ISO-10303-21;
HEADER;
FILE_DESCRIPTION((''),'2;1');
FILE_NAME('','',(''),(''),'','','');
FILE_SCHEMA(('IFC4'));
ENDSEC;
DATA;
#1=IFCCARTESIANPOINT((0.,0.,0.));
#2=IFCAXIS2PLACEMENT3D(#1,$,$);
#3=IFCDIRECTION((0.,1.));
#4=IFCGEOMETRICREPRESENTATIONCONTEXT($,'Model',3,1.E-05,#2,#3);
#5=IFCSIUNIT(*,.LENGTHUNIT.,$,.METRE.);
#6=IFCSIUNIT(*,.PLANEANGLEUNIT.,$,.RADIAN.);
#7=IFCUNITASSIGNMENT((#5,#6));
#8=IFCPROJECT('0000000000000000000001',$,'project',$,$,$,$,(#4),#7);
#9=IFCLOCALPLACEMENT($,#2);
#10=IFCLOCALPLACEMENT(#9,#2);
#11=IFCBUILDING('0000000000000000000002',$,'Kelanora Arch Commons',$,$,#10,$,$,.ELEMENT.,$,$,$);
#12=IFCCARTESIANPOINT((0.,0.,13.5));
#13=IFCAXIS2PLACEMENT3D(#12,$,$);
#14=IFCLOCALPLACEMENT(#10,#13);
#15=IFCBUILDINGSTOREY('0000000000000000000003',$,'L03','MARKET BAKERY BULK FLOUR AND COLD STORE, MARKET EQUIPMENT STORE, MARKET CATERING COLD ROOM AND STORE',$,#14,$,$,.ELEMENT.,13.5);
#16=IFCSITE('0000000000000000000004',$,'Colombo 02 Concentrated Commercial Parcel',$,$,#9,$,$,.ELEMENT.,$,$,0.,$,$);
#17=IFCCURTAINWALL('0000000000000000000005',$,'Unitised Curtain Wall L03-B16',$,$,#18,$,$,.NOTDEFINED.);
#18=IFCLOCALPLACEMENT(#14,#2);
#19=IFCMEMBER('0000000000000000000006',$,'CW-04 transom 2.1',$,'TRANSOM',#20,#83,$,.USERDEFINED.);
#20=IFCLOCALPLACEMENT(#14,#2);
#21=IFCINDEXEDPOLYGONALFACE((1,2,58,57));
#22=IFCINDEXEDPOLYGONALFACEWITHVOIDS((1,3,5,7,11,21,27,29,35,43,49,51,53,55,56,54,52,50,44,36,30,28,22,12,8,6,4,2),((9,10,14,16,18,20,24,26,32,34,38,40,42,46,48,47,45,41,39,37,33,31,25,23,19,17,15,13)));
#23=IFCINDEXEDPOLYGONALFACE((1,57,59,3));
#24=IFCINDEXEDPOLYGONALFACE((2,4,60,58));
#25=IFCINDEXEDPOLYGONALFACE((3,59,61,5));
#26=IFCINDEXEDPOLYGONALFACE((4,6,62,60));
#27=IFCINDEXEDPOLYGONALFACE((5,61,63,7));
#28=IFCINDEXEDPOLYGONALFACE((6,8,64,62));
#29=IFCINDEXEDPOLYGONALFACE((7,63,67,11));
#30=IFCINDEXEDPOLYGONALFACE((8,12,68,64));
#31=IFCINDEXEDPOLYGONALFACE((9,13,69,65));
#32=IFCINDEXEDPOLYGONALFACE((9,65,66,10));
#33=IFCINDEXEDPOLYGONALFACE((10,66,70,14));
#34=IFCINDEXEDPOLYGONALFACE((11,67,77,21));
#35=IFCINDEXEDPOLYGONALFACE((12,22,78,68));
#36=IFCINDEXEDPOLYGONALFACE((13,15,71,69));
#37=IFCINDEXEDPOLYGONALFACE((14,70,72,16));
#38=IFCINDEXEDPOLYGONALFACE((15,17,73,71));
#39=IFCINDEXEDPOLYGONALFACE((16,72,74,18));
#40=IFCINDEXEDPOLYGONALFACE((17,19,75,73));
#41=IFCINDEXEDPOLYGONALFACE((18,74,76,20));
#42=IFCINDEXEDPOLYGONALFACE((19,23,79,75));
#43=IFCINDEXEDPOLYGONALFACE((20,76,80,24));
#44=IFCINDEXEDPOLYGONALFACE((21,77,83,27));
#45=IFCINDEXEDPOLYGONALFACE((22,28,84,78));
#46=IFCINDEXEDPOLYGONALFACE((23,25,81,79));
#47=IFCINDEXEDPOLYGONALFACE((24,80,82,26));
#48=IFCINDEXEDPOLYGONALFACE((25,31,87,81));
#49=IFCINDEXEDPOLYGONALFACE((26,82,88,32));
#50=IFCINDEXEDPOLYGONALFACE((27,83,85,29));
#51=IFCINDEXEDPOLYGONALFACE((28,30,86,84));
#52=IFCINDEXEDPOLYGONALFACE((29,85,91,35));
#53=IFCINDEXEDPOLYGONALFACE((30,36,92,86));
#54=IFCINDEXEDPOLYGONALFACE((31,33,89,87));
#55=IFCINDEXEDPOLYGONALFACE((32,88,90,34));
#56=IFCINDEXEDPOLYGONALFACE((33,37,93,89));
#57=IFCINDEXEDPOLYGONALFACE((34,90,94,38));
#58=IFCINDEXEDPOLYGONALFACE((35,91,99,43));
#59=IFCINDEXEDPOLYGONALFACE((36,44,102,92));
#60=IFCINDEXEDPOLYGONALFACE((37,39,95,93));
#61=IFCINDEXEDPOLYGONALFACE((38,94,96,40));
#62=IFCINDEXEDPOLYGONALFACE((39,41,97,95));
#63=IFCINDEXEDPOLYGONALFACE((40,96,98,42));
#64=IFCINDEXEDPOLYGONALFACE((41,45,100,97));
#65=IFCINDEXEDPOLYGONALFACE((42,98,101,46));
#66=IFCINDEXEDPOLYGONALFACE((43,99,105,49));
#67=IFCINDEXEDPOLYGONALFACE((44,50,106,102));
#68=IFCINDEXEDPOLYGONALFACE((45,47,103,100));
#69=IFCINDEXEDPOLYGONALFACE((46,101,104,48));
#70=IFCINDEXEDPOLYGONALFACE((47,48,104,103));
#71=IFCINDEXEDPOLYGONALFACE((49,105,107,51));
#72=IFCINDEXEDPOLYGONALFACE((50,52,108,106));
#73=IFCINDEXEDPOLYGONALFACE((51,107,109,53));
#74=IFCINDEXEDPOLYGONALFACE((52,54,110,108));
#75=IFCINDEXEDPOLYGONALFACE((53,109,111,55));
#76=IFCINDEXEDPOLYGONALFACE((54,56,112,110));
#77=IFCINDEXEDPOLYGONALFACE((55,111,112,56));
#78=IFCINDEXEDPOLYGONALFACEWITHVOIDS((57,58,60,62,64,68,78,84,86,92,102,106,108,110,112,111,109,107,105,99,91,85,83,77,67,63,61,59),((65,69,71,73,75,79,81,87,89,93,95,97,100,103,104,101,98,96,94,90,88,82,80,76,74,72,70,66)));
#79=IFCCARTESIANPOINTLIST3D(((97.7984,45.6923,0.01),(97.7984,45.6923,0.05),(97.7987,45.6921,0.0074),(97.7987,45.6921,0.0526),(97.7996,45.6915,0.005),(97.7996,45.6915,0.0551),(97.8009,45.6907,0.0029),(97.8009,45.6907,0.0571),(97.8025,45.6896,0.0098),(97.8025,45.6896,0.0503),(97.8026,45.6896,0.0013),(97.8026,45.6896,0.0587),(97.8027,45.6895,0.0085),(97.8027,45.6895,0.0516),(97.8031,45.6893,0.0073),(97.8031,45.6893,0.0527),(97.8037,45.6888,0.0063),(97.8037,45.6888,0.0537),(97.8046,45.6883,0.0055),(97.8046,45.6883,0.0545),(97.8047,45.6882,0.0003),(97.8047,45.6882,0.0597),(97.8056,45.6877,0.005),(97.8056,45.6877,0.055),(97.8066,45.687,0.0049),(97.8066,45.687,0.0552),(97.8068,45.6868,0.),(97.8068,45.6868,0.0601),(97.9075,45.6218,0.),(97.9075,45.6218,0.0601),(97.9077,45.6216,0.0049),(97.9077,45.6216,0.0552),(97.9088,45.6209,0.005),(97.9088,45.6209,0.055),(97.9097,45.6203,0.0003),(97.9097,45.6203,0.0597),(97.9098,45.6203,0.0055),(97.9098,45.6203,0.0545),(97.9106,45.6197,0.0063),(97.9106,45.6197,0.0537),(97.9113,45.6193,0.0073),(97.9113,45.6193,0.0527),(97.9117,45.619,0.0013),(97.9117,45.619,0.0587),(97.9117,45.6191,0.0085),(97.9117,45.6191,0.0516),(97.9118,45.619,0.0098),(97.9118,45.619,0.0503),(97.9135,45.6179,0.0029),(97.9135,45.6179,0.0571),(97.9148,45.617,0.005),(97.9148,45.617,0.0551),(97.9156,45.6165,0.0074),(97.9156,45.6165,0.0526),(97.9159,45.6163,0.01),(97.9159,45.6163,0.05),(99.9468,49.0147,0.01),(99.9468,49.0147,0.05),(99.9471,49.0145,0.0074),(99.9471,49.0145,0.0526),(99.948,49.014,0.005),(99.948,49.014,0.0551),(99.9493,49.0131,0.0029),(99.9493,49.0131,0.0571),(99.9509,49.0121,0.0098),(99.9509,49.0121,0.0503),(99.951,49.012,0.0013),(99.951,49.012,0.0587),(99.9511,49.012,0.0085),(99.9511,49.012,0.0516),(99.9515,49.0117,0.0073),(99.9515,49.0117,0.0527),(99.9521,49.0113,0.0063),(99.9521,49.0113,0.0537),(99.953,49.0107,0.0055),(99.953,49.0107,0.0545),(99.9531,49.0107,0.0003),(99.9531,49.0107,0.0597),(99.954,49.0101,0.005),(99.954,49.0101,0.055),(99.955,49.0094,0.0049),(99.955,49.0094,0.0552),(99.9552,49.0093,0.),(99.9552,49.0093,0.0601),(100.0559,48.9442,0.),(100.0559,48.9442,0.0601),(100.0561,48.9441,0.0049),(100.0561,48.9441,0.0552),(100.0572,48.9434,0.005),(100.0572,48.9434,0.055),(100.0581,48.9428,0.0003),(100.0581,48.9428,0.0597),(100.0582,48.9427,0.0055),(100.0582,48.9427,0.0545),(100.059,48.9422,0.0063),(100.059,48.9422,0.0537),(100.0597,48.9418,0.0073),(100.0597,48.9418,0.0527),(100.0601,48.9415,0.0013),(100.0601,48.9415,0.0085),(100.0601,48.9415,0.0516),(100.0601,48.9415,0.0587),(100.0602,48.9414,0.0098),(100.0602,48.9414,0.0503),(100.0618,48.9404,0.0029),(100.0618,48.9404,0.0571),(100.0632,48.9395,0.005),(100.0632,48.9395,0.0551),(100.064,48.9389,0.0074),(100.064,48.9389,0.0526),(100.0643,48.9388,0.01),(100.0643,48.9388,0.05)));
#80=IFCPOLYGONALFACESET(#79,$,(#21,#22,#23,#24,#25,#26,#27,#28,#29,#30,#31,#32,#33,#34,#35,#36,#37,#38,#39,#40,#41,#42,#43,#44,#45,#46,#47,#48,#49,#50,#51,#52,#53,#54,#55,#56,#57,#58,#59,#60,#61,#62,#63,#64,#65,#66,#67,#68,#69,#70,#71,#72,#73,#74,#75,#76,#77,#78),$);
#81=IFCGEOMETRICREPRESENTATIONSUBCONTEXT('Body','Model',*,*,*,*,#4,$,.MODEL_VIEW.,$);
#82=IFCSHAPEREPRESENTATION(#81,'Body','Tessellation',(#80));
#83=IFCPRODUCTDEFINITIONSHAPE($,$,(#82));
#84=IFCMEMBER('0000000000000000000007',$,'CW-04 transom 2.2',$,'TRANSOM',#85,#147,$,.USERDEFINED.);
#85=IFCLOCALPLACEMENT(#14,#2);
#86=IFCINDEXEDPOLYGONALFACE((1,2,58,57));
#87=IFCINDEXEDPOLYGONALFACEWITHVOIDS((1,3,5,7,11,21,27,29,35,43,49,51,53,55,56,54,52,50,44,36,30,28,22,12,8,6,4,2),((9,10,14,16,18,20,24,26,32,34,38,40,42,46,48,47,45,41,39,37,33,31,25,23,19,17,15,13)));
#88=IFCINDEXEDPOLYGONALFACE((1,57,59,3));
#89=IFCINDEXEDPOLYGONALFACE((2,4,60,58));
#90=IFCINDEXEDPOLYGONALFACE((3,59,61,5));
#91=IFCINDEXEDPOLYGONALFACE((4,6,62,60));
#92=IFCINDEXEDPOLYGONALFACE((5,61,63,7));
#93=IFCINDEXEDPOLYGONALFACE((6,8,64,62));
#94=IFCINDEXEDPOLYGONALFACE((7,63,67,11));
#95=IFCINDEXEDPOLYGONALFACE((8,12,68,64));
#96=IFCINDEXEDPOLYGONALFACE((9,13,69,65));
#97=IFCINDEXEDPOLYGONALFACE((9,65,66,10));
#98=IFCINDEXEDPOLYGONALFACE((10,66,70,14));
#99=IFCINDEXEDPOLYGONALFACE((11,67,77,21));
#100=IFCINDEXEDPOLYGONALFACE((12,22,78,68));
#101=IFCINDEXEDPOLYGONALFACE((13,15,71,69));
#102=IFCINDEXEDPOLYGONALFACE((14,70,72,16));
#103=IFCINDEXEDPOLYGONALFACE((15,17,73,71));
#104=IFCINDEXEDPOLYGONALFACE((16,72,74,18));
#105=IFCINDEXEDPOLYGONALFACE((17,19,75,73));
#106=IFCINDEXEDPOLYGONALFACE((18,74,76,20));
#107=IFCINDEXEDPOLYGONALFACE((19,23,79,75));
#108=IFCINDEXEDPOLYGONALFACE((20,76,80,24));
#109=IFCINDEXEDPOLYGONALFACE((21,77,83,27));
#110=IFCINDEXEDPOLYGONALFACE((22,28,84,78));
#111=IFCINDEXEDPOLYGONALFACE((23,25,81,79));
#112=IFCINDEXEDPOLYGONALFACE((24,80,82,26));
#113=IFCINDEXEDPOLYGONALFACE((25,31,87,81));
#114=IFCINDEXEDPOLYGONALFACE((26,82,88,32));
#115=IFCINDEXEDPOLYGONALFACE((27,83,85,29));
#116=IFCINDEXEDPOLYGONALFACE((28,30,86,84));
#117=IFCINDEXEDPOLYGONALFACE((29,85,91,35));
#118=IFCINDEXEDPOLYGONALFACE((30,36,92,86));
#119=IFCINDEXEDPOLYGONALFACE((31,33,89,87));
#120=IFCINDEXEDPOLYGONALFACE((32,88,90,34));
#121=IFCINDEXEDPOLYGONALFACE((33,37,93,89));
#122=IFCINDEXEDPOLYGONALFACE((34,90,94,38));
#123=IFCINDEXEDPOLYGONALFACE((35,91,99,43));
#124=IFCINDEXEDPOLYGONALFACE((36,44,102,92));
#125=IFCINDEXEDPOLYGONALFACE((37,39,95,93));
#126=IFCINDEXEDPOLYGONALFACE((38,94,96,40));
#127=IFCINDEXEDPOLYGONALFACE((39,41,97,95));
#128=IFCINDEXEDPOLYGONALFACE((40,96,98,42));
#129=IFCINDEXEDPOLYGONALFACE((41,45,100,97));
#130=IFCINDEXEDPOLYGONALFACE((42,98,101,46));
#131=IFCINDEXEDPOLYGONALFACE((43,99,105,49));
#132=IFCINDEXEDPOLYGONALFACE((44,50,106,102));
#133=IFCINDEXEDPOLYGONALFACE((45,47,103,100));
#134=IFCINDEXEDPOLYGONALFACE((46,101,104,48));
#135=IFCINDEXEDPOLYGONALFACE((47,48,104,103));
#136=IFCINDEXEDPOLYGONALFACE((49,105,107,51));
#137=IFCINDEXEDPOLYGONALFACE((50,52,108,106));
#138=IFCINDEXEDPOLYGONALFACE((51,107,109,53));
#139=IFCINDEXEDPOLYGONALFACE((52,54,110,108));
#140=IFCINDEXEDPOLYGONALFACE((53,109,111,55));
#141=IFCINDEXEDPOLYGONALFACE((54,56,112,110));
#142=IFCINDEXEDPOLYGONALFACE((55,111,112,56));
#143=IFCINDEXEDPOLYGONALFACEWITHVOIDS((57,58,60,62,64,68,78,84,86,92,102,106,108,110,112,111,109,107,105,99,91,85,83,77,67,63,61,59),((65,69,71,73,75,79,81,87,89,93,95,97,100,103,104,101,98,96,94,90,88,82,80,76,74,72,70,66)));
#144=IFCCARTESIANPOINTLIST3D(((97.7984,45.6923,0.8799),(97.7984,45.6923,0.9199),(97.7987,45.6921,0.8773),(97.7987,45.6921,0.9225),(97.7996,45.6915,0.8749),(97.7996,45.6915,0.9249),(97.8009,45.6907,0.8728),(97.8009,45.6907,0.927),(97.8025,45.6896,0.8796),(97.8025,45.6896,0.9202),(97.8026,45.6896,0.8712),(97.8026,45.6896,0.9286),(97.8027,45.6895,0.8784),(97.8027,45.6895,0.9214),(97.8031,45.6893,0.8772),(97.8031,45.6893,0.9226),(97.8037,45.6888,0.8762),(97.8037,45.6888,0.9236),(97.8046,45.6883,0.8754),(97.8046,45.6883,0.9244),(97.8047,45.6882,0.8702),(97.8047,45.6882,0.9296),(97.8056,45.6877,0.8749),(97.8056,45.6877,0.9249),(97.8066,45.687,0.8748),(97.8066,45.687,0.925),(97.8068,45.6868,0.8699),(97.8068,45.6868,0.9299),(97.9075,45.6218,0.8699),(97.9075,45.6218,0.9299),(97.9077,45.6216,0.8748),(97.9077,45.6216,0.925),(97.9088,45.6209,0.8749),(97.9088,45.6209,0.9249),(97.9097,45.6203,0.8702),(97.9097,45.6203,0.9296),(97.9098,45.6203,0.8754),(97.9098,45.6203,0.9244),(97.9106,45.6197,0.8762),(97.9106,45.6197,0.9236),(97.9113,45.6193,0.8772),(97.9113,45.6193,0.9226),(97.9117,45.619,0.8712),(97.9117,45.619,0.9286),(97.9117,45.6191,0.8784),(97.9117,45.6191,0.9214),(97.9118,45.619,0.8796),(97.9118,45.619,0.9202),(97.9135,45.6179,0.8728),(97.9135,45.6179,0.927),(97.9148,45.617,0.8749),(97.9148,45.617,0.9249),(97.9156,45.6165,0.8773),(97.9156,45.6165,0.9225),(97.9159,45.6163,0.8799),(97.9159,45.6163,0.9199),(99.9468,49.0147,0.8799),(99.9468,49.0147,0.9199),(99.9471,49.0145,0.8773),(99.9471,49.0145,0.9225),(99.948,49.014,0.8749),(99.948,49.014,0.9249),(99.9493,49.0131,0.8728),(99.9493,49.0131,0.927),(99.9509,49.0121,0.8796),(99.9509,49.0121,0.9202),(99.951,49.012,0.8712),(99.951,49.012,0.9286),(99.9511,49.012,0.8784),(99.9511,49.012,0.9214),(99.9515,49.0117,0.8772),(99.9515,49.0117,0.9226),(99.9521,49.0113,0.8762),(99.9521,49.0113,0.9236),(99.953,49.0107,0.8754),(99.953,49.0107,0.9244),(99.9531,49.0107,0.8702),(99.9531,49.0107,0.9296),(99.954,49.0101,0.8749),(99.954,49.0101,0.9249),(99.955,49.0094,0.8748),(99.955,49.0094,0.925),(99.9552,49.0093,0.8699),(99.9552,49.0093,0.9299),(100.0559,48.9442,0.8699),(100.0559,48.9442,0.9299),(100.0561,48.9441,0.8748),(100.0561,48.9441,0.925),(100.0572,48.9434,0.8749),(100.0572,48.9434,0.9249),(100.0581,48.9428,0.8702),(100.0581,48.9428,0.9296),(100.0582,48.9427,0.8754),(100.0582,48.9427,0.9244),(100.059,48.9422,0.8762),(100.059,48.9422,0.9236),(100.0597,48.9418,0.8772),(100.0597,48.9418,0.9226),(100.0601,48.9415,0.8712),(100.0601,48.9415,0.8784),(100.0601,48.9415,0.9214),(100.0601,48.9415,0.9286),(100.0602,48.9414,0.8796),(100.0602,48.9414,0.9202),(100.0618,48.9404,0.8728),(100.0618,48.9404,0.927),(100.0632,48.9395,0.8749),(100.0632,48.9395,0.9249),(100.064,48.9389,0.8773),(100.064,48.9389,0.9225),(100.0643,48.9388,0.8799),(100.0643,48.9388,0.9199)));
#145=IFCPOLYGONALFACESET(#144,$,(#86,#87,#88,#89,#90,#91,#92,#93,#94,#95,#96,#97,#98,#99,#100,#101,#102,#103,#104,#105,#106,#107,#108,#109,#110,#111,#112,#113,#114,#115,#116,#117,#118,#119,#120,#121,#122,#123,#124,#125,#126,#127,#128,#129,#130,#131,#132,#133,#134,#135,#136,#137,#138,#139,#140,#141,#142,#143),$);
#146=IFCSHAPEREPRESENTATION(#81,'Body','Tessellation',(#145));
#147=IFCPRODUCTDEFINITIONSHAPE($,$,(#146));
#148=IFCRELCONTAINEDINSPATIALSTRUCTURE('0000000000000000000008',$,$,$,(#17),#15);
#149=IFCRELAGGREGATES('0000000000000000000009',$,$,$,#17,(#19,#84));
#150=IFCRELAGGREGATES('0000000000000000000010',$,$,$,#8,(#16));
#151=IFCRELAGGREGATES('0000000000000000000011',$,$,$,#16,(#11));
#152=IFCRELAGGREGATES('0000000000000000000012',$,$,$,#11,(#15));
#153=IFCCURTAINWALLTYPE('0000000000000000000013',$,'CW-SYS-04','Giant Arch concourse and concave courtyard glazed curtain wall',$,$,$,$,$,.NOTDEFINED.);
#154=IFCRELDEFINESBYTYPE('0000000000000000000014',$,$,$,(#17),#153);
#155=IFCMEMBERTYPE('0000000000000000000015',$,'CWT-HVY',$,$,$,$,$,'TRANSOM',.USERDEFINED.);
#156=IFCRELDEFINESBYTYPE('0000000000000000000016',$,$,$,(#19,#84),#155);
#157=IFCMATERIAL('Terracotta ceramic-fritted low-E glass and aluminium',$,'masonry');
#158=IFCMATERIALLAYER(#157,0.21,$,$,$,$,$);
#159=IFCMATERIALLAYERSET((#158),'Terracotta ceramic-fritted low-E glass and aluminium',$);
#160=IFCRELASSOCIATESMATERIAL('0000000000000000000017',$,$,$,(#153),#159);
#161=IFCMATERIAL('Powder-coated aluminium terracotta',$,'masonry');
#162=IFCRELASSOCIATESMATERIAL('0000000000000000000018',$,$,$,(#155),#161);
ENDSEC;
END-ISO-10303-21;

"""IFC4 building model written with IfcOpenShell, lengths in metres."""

from ifc_helpers import new_model, si_unit, direction, frame, origin, origin_2d, place, context, subcontext, project, spatial, hollow_rectangle, extrude, material, layer, layer_set, material_profile, profile_set, type_object, element, aggregate, save


model = new_model("IFC4")

# Units and contexts
model_context = context("Model", 3, precision=1e-05, world=origin(), true_north=direction((0.0, 1.0)))
body_context = subcontext(model_context, "Body", "Model", "MODEL_VIEW")
ifc_project = project(units=[si_unit("LENGTHUNIT", "METRE"), si_unit("PLANEANGLEUNIT", "RADIAN")], contexts=[model_context])

# Site, building, storey
site_placement = place(None, origin())
site = spatial("IfcSite", under=ifc_project, at=site_placement, Name="Colombo 02 Concentrated Commercial Parcel", CompositionType="ELEMENT", RefElevation=0.0)
building_placement = place(site_placement, origin())
building = spatial("IfcBuilding", under=site, at=building_placement, Name="Kelanora Arch Commons", CompositionType="ELEMENT")
storey_placement = place(building_placement, frame((0.0, 0.0, 13.5)))
storey = spatial("IfcBuildingStorey", under=building, at=storey_placement, Name="L03", Description="MARKET BAKERY BULK FLOUR AND COLD STORE, MARKET EQUIPMENT STORE, MARKET CATERING COLD ROOM AND STORE", CompositionType="ELEMENT", Elevation=13.5)

# Curtain wall, members
ifc_material_1 = material(Name="Terracotta ceramic-fritted low-E glass and aluminium", Category="masonry")
ifc_layer_1 = layer(ifc_material_1, 0.21)
ifc_layer_set_1 = layer_set([ifc_layer_1], Name="Terracotta ceramic-fritted low-E glass and aluminium")
curtain_wall_type = type_object("IfcCurtainWallType", Name="CW-SYS-04", Description="Giant Arch concourse and concave courtyard glazed curtain wall", PredefinedType="NOTDEFINED", material=ifc_layer_set_1)
curtain_wall_placement = place(storey_placement, origin())
curtain_wall = element("IfcCurtainWall", 1, at=curtain_wall_placement, inside=storey, type_object=curtain_wall_type, Name="Unitised Curtain Wall L03-B16", PredefinedType="NOTDEFINED")
ifc_material_2 = material(Name="Powder-coated aluminium terracotta", Category="masonry")
ifc_material_profile_1 = material_profile(ifc_material_2, hollow_rectangle(XDim=0.1399, YDim=0.0601, WallThickness=0.0049, InnerFilletRadius=0.0049, OuterFilletRadius=0.01, at=origin_2d()), Name="CWT140x60")
ifc_profile_set_1 = profile_set([ifc_material_profile_1], Name="Powder-coated aluminium terracotta")
member_type_1 = type_object("IfcMemberType", Name="CWT-HVY", ElementType="TRANSOM", PredefinedType="USERDEFINED", material=ifc_profile_set_1)
member_1_placement = place(storey_placement, frame((97.8572, 45.6543, 0.03), z_axis=(0.542998, 0.839734, 0.0), x_axis=(-0.839734, 0.542998, 0.0)))
member_1 = element("IfcMember", 2, at=member_1_placement, type_object=member_type_1, Name="CW-04 transom 2.1", ObjectType="TRANSOM", PredefinedType="USERDEFINED", context=body_context, shape_type="SweptSolid", body=[
    extrude(hollow_rectangle(XDim=0.1399, YDim=0.0601, WallThickness=0.0049, InnerFilletRadius=0.0049, OuterFilletRadius=0.01, at=origin_2d()), origin(), (0.0, 0.0, 1.0), 3.9565),
])
member_2_placement = place(storey_placement, frame((97.8572, 45.6543, 0.8999), z_axis=(0.542998, 0.839734, 0.0), x_axis=(-0.839734, 0.542998, 0.0)))
member_2 = element("IfcMember", 3, at=member_2_placement, type_object=member_type_1, Name="CW-04 transom 2.2", ObjectType="TRANSOM", PredefinedType="USERDEFINED", context=body_context, shape_type="SweptSolid", body=[
    extrude(hollow_rectangle(XDim=0.1399, YDim=0.0601, WallThickness=0.0049, InnerFilletRadius=0.0049, OuterFilletRadius=0.01, at=origin_2d()), origin(), (0.0, 0.0, 1.0), 3.9565),
])
aggregate(curtain_wall, [member_1, member_2])

save(model, "model.ifc")
